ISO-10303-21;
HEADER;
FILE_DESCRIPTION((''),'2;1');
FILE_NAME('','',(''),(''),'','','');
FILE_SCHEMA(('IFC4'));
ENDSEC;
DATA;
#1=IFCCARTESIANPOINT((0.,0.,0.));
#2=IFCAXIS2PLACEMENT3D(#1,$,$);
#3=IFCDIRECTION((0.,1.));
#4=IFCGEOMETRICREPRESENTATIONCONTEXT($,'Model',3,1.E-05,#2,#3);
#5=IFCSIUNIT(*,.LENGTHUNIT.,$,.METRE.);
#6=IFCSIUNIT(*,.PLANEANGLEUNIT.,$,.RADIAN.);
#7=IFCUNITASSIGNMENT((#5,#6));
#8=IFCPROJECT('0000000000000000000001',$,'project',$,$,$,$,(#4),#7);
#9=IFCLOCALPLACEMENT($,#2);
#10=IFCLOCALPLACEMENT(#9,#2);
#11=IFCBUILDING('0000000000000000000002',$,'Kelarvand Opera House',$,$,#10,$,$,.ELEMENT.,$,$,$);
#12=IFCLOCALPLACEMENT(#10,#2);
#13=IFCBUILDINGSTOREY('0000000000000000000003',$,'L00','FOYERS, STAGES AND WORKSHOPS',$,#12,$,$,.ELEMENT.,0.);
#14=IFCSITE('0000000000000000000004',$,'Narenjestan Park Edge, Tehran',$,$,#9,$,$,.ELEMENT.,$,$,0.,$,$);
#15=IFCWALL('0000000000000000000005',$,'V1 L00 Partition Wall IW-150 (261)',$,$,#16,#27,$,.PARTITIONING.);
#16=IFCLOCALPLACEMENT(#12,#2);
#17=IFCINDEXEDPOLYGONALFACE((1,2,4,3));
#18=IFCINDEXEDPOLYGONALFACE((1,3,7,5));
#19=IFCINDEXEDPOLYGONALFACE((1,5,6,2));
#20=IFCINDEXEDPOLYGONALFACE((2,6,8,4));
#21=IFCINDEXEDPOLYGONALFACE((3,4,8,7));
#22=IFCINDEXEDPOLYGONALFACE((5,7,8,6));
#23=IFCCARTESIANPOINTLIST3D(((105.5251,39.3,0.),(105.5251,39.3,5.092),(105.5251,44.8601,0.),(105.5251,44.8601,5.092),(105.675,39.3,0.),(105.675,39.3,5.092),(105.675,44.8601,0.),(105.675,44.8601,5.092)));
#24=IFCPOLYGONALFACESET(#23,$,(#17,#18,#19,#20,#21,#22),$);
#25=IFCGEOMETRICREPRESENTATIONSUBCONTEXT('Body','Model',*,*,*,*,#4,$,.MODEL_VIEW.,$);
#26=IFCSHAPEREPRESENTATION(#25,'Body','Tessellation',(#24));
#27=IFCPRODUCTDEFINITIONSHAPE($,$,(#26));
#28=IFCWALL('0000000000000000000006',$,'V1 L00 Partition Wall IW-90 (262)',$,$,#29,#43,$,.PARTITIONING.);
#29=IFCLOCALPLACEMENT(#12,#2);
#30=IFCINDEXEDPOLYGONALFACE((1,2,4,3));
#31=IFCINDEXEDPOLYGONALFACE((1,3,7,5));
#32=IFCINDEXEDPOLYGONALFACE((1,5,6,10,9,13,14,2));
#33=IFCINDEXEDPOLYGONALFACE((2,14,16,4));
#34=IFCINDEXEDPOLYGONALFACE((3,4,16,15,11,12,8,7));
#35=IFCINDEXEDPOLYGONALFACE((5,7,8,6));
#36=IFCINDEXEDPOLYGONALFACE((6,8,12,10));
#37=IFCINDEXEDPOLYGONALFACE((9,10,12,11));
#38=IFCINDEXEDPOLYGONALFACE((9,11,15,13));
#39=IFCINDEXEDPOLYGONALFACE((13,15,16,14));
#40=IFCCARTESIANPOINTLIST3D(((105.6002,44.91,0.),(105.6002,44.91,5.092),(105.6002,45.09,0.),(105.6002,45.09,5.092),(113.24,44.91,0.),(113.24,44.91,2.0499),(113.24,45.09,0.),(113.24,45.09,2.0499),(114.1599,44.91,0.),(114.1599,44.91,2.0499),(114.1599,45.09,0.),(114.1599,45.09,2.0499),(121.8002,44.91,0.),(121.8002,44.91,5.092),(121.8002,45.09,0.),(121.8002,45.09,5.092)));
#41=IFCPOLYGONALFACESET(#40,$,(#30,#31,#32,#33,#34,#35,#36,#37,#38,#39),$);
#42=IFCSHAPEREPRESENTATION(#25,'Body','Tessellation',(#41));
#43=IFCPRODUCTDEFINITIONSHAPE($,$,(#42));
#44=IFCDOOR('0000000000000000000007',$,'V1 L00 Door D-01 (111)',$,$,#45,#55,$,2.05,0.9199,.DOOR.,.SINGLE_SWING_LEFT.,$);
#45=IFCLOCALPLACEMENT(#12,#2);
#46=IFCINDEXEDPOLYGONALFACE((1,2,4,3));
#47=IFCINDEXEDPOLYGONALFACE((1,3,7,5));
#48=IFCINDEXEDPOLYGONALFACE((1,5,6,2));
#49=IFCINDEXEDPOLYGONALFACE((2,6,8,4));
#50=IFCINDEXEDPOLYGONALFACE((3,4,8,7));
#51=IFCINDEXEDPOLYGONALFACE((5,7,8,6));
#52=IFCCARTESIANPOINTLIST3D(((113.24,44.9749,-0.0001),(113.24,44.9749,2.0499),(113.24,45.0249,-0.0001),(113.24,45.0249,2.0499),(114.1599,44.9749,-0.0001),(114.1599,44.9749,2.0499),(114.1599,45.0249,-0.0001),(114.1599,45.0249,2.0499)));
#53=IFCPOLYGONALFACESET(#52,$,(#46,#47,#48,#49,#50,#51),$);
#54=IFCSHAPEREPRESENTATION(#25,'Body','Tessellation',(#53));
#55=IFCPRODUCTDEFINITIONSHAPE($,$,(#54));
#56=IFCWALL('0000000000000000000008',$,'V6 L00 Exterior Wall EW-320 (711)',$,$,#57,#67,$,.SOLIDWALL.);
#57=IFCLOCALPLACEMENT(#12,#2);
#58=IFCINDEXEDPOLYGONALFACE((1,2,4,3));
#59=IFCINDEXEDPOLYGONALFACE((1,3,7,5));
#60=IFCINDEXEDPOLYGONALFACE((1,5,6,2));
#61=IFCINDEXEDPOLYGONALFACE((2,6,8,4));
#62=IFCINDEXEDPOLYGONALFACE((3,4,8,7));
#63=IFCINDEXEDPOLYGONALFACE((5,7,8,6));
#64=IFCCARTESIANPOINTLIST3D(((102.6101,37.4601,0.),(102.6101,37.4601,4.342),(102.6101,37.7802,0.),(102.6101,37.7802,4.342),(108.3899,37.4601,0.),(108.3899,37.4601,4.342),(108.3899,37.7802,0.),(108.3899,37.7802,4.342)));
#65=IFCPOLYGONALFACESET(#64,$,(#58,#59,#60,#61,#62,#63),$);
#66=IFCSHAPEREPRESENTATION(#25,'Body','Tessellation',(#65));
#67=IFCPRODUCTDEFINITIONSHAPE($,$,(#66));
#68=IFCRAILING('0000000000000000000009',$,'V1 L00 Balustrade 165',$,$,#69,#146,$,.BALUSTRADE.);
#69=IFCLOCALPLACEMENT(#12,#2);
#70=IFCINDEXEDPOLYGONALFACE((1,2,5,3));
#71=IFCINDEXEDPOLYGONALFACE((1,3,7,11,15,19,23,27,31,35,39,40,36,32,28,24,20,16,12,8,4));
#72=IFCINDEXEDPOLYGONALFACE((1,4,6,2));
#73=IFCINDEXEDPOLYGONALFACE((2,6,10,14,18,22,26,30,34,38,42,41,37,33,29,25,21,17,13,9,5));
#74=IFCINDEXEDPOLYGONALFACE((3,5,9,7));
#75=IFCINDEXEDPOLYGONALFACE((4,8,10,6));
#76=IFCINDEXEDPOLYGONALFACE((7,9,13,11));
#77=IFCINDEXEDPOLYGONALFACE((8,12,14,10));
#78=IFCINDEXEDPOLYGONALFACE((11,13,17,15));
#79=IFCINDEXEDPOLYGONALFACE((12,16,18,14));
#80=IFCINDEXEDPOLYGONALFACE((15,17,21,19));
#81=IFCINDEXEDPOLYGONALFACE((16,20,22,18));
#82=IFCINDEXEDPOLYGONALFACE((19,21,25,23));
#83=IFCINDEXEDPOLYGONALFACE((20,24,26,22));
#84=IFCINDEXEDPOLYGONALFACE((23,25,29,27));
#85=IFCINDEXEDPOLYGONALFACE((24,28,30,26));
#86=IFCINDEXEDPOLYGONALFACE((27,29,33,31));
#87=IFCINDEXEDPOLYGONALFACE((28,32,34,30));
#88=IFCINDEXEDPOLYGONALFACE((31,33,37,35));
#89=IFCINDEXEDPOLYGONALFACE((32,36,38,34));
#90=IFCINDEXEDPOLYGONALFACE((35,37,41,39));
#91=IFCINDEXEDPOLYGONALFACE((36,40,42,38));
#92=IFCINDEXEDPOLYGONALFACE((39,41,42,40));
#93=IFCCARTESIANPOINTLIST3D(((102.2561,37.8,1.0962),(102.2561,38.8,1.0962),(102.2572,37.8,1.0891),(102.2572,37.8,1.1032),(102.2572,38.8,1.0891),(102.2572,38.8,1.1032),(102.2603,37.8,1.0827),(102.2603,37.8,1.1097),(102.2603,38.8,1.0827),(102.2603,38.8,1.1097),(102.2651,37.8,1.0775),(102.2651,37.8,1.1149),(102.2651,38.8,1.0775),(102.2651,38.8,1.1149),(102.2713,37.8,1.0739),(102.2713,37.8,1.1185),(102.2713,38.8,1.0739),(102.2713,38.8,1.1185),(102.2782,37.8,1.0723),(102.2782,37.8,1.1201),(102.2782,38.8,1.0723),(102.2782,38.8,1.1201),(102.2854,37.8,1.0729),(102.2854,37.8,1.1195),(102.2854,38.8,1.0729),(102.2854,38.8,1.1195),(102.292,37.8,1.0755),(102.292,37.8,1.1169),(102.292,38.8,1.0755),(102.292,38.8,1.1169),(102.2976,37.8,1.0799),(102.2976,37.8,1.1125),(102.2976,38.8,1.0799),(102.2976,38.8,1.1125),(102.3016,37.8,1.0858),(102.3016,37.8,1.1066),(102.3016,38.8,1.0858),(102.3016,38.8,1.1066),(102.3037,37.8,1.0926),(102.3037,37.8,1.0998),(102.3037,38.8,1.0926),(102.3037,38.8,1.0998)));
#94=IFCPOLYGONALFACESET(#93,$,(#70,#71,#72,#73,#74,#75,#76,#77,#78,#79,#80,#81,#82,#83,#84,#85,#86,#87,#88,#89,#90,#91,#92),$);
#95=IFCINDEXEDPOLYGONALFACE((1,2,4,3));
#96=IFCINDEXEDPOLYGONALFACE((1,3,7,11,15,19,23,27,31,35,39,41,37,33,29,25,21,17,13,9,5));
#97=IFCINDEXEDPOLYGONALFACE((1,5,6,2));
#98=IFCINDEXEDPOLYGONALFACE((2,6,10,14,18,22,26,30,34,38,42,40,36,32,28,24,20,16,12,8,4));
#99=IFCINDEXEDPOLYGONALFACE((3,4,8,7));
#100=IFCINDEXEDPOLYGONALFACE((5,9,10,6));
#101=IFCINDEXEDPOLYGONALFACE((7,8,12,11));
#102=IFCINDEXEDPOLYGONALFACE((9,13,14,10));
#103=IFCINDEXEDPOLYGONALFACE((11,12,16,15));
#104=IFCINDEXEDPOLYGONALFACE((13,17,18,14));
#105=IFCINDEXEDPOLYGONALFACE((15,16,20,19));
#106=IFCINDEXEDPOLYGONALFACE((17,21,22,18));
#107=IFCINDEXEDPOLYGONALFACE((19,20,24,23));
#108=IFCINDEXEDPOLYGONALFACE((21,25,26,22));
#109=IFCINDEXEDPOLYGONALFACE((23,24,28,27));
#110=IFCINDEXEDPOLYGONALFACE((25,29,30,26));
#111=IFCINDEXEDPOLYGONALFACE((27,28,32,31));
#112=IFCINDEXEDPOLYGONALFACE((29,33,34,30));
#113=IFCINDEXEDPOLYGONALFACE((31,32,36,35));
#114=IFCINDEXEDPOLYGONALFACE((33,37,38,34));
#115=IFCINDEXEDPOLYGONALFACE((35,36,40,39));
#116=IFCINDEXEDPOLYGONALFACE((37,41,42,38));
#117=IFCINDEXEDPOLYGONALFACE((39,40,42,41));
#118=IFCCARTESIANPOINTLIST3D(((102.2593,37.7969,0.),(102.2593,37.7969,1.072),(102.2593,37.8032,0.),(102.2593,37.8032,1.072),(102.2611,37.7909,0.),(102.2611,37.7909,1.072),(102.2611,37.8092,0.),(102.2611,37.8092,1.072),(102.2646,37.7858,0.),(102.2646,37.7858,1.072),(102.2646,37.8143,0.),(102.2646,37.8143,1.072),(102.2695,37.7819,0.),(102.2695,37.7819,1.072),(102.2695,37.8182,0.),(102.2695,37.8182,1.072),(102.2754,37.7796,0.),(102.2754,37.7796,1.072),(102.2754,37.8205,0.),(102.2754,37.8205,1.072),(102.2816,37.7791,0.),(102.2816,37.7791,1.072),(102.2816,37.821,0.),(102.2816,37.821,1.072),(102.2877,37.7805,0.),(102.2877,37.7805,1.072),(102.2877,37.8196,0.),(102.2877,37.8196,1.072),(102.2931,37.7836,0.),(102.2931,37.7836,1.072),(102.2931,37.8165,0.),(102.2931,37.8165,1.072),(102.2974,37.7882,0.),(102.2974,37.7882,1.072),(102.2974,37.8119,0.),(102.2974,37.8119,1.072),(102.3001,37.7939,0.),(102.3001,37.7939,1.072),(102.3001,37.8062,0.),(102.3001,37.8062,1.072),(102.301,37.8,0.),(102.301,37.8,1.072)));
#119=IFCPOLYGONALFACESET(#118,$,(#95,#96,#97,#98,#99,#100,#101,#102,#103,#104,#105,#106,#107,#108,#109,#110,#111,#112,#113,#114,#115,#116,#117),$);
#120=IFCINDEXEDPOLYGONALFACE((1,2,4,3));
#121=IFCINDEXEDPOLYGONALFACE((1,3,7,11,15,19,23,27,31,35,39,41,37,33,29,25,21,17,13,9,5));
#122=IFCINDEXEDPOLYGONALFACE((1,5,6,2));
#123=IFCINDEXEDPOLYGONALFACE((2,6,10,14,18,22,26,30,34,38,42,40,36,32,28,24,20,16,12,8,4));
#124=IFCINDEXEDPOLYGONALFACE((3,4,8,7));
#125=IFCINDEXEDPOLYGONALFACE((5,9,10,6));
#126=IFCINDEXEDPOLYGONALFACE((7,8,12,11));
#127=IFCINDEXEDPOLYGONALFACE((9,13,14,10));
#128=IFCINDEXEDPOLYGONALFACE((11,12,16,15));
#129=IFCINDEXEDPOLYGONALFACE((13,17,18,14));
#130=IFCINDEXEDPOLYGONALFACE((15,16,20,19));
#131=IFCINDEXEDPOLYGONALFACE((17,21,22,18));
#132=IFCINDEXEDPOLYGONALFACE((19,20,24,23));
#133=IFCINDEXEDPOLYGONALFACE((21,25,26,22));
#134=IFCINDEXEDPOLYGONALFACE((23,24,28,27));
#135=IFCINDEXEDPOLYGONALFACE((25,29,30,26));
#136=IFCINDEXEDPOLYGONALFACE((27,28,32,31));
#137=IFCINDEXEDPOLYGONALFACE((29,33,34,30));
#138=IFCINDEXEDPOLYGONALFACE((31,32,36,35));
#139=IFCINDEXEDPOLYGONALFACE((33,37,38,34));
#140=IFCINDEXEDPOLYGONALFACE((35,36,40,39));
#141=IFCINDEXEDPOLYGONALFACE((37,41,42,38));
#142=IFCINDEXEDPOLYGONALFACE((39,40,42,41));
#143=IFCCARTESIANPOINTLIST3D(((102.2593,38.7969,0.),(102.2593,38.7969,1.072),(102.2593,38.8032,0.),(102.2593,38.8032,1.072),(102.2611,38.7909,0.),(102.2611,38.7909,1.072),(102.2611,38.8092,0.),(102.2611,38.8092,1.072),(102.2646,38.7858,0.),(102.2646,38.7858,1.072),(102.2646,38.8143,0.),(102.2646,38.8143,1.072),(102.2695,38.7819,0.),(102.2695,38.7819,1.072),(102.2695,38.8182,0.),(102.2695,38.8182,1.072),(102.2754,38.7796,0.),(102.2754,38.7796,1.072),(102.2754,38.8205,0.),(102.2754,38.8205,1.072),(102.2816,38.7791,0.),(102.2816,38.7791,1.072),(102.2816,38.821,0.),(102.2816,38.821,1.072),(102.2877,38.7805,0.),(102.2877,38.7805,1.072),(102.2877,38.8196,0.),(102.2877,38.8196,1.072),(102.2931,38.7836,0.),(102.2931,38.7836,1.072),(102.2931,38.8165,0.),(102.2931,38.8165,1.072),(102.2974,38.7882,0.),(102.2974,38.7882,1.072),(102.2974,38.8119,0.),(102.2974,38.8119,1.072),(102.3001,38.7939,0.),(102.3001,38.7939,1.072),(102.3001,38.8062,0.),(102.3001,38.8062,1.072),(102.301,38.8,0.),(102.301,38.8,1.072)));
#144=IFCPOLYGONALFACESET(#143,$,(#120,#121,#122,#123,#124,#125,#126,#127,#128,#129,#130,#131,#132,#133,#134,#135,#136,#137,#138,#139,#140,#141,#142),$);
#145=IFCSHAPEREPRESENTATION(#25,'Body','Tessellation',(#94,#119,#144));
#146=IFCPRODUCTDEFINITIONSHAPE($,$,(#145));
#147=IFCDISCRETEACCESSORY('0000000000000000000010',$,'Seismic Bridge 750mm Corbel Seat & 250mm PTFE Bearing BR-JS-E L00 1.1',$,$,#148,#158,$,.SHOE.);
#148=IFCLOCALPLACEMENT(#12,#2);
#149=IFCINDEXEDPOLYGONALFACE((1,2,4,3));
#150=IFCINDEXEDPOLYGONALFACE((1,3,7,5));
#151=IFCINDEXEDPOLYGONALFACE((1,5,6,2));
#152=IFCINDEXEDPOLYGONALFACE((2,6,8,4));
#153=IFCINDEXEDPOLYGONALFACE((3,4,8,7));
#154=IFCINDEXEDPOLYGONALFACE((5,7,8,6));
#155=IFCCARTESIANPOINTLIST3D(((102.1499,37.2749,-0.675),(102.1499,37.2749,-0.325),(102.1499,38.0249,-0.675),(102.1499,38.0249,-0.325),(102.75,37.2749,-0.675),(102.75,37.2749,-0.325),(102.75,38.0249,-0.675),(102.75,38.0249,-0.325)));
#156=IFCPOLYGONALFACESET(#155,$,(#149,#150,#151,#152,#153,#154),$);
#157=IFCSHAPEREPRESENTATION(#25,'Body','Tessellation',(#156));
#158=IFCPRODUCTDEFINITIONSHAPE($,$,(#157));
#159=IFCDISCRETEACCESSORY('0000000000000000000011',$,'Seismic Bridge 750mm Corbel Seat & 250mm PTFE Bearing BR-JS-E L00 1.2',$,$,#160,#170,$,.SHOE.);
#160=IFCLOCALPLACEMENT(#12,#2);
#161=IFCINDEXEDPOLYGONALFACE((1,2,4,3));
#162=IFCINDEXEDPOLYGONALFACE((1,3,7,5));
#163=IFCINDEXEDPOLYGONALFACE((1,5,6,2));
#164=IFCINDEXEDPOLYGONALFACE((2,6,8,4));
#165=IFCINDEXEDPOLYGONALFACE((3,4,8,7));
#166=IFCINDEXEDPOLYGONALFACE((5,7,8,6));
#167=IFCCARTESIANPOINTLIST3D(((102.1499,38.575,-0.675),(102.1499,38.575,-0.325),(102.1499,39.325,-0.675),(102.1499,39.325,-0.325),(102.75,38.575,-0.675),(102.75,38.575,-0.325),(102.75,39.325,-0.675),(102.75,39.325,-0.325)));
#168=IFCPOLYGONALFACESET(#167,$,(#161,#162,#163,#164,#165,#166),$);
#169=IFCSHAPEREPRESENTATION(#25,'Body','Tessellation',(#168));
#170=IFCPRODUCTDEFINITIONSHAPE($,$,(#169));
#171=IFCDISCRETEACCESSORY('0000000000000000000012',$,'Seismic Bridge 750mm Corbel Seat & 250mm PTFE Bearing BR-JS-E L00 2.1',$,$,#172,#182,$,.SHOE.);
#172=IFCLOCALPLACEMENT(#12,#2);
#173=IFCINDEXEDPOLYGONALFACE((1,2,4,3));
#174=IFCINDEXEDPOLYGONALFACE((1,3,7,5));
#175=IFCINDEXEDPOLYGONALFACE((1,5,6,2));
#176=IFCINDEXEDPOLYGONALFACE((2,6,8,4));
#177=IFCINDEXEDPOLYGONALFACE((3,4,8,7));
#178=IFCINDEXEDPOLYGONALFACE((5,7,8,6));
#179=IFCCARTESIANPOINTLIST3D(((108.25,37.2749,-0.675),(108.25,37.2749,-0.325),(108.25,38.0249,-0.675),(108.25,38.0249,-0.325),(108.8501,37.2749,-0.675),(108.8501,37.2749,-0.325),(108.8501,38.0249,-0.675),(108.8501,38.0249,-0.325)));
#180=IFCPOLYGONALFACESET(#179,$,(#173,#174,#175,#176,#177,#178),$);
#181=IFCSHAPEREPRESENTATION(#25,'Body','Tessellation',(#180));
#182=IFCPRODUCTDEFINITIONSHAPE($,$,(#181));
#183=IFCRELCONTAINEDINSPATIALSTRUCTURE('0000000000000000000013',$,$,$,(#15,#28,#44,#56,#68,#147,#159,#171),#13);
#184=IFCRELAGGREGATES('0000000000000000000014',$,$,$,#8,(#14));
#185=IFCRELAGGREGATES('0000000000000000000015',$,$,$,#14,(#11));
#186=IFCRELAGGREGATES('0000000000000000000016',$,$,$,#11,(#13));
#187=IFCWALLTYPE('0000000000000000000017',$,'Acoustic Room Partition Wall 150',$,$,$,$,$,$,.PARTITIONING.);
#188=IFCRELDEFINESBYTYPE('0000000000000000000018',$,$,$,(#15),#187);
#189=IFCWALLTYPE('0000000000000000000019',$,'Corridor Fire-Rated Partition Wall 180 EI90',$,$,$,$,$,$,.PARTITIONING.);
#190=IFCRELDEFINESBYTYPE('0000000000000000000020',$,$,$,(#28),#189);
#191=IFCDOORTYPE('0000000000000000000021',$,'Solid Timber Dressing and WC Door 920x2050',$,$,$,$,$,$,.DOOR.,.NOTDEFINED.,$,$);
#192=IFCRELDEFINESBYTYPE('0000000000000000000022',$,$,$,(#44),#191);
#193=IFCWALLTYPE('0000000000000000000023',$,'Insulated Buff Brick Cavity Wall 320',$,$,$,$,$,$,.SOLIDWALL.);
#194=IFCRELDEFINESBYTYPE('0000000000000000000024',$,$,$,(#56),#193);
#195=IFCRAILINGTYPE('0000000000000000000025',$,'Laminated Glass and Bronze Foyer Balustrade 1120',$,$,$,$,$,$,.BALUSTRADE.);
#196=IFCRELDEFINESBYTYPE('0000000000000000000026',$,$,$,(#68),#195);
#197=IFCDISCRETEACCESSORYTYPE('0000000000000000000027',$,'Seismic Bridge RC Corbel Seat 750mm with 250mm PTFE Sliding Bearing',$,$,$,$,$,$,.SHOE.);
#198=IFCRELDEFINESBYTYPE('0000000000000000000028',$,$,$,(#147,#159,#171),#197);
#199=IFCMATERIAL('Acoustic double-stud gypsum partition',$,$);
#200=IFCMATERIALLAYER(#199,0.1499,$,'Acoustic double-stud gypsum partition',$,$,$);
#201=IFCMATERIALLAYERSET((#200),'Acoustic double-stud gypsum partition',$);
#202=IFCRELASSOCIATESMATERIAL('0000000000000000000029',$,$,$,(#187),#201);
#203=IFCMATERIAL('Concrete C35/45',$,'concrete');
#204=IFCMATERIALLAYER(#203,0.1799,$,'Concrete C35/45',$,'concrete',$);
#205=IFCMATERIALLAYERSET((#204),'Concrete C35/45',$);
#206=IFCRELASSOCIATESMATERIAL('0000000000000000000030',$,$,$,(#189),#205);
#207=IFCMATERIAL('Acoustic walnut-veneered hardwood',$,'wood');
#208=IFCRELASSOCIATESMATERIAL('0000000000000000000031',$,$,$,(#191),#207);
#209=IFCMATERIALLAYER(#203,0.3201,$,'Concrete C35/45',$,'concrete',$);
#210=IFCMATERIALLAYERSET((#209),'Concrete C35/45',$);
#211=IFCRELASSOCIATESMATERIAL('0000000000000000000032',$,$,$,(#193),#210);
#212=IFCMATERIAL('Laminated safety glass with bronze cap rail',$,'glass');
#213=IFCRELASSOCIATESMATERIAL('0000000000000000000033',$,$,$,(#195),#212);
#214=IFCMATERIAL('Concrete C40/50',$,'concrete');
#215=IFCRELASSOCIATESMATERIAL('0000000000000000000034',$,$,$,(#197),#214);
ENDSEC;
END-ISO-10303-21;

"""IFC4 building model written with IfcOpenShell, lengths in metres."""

from ifc_helpers import new_model, si_unit, direction, frame, frame_2d, origin, origin_2d, place, context, subcontext, project, spatial, rectangle, circle, extrude, material, layer, layer_set, type_object, element, fill, save


model = new_model("IFC4")

# Units and contexts
model_context = context("Model", 3, precision=1e-05, world=origin(), true_north=direction((0.0, 1.0)))
body_context = subcontext(model_context, "Body", "Model", "MODEL_VIEW")
ifc_project = project(units=[si_unit("LENGTHUNIT", "METRE"), si_unit("PLANEANGLEUNIT", "RADIAN")], contexts=[model_context])

# Site, building, storey
site_placement = place(None, origin())
site = spatial("IfcSite", under=ifc_project, at=site_placement, Name="Narenjestan Park Edge, Tehran", CompositionType="ELEMENT", RefElevation=0.0)
building_placement = place(site_placement, origin())
building = spatial("IfcBuilding", under=site, at=building_placement, Name="Kelarvand Opera House", CompositionType="ELEMENT")
storey_placement = place(building_placement, origin())
storey = spatial("IfcBuildingStorey", under=building, at=storey_placement, Name="L00", Description="FOYERS, STAGES AND WORKSHOPS", CompositionType="ELEMENT", Elevation=0.0)

# Shared definitions
ifc_material_1 = material(Name="Concrete C40/50", Category="concrete")

# Wall
ifc_material_2 = material(Name="Concrete C35/45", Category="concrete")
ifc_material_3 = material(Name="Acoustic double-stud gypsum partition")
ifc_layer_1 = layer(ifc_material_3, 0.1499, Name="Acoustic double-stud gypsum partition")
ifc_layer_set_1 = layer_set([ifc_layer_1], Name="Acoustic double-stud gypsum partition")
wall_type_1 = type_object("IfcWallType", Name="Acoustic Room Partition Wall 150", PredefinedType="PARTITIONING", material=ifc_layer_set_1)
wall_1_placement = place(storey_placement, frame((105.6001, 39.3, 0.0), z_axis=(0.0, 0.0, 1.0), x_axis=(0.0, 1.0, 0.0)))
element("IfcWall", 1, at=wall_1_placement, inside=storey, type_object=wall_type_1, Name="V1 L00 Partition Wall IW-150 (261)", PredefinedType="PARTITIONING", context=body_context, shape_type="SweptSolid", body=[
    extrude(rectangle(XDim=5.5601, YDim=0.1499, at=frame_2d((2.78, 0.0))), origin(), (0.0, 0.0, 1.0), 5.092),
])

# Wall, opening, door
ifc_layer_2 = layer(ifc_material_2, 0.1799, Name="Concrete C35/45", Category="concrete")
ifc_layer_set_2 = layer_set([ifc_layer_2], Name="Concrete C35/45")
wall_type_2 = type_object("IfcWallType", Name="Corridor Fire-Rated Partition Wall 180 EI90", PredefinedType="PARTITIONING", material=ifc_layer_set_2)
wall_2_placement = place(storey_placement, frame((105.6001, 45.0, 0.0), z_axis=(0.0, 0.0, 1.0), x_axis=(1.0, 0.0, 0.0)))
wall_2 = element("IfcWall", 2, at=wall_2_placement, inside=storey, type_object=wall_type_2, Name="V1 L00 Partition Wall IW-90 (262)", PredefinedType="PARTITIONING", context=body_context, shape_type="SweptSolid", body=[
    extrude(rectangle(XDim=16.2, YDim=0.1799, at=frame_2d((8.1001, 0.0))), origin(), (0.0, 0.0, 1.0), 5.092),
])
opening_placement = place(wall_2_placement, frame((7.6399, 0.0, 0.0)))
opening = element("IfcOpeningElement", 3, at=opening_placement, cuts=wall_2, PredefinedType="OPENING", context=body_context, shape_type="SweptSolid", body=[
    extrude(rectangle(XDim=0.9199, YDim=2.05, at=frame_2d((0.46, 1.0249))), frame((0.0, 0.1001, 0.0), z_axis=(0.0, -1.0, 0.0), x_axis=(1.0, 0.0, 0.0)), (0.0, 0.0, 1.0), 0.2),
])
ifc_material_4 = material(Name="Acoustic walnut-veneered hardwood", Category="wood")
door_type = type_object("IfcDoorType", Name="Solid Timber Dressing and WC Door 920x2050", OperationType="NOTDEFINED", PredefinedType="DOOR", material=ifc_material_4)
door_placement = place(opening_placement, origin())
door = element("IfcDoor", 4, at=door_placement, inside=storey, type_object=door_type, Name="V1 L00 Door D-01 (111)", OperationType="SINGLE_SWING_LEFT", OverallHeight=2.05, OverallWidth=0.9199, PredefinedType="DOOR", context=body_context, shape_type="SweptSolid", body=[
    extrude(rectangle(XDim=0.9199, YDim=2.05, at=frame_2d((0.46, 1.0249))), frame((0.0, 0.0249, 0.0), z_axis=(0.0, -1.0, 0.0), x_axis=(1.0, 0.0, 0.0)), (0.0, 0.0, 1.0), 0.05),
])
fill(opening, door)

# Wall
ifc_layer_3 = layer(ifc_material_2, 0.3201, Name="Concrete C35/45", Category="concrete")
ifc_layer_set_3 = layer_set([ifc_layer_3], Name="Concrete C35/45")
wall_type_3 = type_object("IfcWallType", Name="Insulated Buff Brick Cavity Wall 320", PredefinedType="SOLIDWALL", material=ifc_layer_set_3)
wall_3_placement = place(storey_placement, frame((102.6101, 37.6201, 0.0), z_axis=(0.0, 0.0, 1.0), x_axis=(1.0, 0.0, 0.0)))
element("IfcWall", 5, at=wall_3_placement, inside=storey, type_object=wall_type_3, Name="V6 L00 Exterior Wall EW-320 (711)", PredefinedType="SOLIDWALL", context=body_context, shape_type="SweptSolid", body=[
    extrude(rectangle(XDim=5.7798, YDim=0.3201, at=frame_2d((2.8899, 0.0))), origin(), (0.0, 0.0, 1.0), 4.342),
])

# Railing
ifc_material_5 = material(Name="Laminated safety glass with bronze cap rail", Category="glass")
railing_type = type_object("IfcRailingType", Name="Laminated Glass and Bronze Foyer Balustrade 1120", PredefinedType="BALUSTRADE", material=ifc_material_5)
railing_placement = place(storey_placement, frame((102.28, 37.8, 0.0)))
element("IfcRailing", 6, at=railing_placement, inside=storey, type_object=railing_type, Name="V1 L00 Balustrade 165", PredefinedType="BALUSTRADE", context=body_context, shape_type="SweptSolid", body=[
    extrude(circle(Radius=0.0239, at=origin_2d()), frame((0.0, 0.0, 1.0962), z_axis=(0.0, 1.0, 0.0), x_axis=(-1.0, 0.0, 0.0)), (0.0, 0.0, 1.0), 1.0),
    extrude(circle(Radius=0.021, at=origin_2d()), origin(), (0.0, 0.0, 1.0), 1.072),
    extrude(circle(Radius=0.021, at=origin_2d()), frame((0.0, 1.0, 0.0)), (0.0, 0.0, 1.0), 1.072),
])

# Discrete accessories
discrete_accessory_type_1 = type_object("IfcDiscreteAccessoryType", Name="Seismic Bridge RC Corbel Seat 750mm with 250mm PTFE Sliding Bearing", PredefinedType="SHOE", material=ifc_material_1)
for number, where, z_axis, x_axis, name in (
    (7, (102.45, 37.6499, -0.675), (0.0, 0.0, 1.0), (0.0, 1.0, 0.0), "Seismic Bridge 750mm Corbel Seat & 250mm PTFE Bearing BR-JS-E L00 1.1"),
    (8, (102.45, 38.95, -0.675), (0.0, 0.0, 1.0), (0.0, 1.0, 0.0), "Seismic Bridge 750mm Corbel Seat & 250mm PTFE Bearing BR-JS-E L00 1.2"),
    (9, (108.55, 37.6499, -0.675), (0.0, 0.0, 1.0), (0.0, 1.0, 0.0), "Seismic Bridge 750mm Corbel Seat & 250mm PTFE Bearing BR-JS-E L00 2.1"),
):
    element("IfcDiscreteAccessory", number, at=place(storey_placement, frame(where, z_axis=z_axis, x_axis=x_axis)), inside=storey, type_object=discrete_accessory_type_1, Name=name, PredefinedType="SHOE", context=body_context, shape_type="SweptSolid", body=[
        extrude(rectangle(XDim=0.75, YDim=0.6001, at=origin_2d()), origin(), (0.0, 0.0, 1.0), 0.3501),
    ])

save(model, "model.ifc")
